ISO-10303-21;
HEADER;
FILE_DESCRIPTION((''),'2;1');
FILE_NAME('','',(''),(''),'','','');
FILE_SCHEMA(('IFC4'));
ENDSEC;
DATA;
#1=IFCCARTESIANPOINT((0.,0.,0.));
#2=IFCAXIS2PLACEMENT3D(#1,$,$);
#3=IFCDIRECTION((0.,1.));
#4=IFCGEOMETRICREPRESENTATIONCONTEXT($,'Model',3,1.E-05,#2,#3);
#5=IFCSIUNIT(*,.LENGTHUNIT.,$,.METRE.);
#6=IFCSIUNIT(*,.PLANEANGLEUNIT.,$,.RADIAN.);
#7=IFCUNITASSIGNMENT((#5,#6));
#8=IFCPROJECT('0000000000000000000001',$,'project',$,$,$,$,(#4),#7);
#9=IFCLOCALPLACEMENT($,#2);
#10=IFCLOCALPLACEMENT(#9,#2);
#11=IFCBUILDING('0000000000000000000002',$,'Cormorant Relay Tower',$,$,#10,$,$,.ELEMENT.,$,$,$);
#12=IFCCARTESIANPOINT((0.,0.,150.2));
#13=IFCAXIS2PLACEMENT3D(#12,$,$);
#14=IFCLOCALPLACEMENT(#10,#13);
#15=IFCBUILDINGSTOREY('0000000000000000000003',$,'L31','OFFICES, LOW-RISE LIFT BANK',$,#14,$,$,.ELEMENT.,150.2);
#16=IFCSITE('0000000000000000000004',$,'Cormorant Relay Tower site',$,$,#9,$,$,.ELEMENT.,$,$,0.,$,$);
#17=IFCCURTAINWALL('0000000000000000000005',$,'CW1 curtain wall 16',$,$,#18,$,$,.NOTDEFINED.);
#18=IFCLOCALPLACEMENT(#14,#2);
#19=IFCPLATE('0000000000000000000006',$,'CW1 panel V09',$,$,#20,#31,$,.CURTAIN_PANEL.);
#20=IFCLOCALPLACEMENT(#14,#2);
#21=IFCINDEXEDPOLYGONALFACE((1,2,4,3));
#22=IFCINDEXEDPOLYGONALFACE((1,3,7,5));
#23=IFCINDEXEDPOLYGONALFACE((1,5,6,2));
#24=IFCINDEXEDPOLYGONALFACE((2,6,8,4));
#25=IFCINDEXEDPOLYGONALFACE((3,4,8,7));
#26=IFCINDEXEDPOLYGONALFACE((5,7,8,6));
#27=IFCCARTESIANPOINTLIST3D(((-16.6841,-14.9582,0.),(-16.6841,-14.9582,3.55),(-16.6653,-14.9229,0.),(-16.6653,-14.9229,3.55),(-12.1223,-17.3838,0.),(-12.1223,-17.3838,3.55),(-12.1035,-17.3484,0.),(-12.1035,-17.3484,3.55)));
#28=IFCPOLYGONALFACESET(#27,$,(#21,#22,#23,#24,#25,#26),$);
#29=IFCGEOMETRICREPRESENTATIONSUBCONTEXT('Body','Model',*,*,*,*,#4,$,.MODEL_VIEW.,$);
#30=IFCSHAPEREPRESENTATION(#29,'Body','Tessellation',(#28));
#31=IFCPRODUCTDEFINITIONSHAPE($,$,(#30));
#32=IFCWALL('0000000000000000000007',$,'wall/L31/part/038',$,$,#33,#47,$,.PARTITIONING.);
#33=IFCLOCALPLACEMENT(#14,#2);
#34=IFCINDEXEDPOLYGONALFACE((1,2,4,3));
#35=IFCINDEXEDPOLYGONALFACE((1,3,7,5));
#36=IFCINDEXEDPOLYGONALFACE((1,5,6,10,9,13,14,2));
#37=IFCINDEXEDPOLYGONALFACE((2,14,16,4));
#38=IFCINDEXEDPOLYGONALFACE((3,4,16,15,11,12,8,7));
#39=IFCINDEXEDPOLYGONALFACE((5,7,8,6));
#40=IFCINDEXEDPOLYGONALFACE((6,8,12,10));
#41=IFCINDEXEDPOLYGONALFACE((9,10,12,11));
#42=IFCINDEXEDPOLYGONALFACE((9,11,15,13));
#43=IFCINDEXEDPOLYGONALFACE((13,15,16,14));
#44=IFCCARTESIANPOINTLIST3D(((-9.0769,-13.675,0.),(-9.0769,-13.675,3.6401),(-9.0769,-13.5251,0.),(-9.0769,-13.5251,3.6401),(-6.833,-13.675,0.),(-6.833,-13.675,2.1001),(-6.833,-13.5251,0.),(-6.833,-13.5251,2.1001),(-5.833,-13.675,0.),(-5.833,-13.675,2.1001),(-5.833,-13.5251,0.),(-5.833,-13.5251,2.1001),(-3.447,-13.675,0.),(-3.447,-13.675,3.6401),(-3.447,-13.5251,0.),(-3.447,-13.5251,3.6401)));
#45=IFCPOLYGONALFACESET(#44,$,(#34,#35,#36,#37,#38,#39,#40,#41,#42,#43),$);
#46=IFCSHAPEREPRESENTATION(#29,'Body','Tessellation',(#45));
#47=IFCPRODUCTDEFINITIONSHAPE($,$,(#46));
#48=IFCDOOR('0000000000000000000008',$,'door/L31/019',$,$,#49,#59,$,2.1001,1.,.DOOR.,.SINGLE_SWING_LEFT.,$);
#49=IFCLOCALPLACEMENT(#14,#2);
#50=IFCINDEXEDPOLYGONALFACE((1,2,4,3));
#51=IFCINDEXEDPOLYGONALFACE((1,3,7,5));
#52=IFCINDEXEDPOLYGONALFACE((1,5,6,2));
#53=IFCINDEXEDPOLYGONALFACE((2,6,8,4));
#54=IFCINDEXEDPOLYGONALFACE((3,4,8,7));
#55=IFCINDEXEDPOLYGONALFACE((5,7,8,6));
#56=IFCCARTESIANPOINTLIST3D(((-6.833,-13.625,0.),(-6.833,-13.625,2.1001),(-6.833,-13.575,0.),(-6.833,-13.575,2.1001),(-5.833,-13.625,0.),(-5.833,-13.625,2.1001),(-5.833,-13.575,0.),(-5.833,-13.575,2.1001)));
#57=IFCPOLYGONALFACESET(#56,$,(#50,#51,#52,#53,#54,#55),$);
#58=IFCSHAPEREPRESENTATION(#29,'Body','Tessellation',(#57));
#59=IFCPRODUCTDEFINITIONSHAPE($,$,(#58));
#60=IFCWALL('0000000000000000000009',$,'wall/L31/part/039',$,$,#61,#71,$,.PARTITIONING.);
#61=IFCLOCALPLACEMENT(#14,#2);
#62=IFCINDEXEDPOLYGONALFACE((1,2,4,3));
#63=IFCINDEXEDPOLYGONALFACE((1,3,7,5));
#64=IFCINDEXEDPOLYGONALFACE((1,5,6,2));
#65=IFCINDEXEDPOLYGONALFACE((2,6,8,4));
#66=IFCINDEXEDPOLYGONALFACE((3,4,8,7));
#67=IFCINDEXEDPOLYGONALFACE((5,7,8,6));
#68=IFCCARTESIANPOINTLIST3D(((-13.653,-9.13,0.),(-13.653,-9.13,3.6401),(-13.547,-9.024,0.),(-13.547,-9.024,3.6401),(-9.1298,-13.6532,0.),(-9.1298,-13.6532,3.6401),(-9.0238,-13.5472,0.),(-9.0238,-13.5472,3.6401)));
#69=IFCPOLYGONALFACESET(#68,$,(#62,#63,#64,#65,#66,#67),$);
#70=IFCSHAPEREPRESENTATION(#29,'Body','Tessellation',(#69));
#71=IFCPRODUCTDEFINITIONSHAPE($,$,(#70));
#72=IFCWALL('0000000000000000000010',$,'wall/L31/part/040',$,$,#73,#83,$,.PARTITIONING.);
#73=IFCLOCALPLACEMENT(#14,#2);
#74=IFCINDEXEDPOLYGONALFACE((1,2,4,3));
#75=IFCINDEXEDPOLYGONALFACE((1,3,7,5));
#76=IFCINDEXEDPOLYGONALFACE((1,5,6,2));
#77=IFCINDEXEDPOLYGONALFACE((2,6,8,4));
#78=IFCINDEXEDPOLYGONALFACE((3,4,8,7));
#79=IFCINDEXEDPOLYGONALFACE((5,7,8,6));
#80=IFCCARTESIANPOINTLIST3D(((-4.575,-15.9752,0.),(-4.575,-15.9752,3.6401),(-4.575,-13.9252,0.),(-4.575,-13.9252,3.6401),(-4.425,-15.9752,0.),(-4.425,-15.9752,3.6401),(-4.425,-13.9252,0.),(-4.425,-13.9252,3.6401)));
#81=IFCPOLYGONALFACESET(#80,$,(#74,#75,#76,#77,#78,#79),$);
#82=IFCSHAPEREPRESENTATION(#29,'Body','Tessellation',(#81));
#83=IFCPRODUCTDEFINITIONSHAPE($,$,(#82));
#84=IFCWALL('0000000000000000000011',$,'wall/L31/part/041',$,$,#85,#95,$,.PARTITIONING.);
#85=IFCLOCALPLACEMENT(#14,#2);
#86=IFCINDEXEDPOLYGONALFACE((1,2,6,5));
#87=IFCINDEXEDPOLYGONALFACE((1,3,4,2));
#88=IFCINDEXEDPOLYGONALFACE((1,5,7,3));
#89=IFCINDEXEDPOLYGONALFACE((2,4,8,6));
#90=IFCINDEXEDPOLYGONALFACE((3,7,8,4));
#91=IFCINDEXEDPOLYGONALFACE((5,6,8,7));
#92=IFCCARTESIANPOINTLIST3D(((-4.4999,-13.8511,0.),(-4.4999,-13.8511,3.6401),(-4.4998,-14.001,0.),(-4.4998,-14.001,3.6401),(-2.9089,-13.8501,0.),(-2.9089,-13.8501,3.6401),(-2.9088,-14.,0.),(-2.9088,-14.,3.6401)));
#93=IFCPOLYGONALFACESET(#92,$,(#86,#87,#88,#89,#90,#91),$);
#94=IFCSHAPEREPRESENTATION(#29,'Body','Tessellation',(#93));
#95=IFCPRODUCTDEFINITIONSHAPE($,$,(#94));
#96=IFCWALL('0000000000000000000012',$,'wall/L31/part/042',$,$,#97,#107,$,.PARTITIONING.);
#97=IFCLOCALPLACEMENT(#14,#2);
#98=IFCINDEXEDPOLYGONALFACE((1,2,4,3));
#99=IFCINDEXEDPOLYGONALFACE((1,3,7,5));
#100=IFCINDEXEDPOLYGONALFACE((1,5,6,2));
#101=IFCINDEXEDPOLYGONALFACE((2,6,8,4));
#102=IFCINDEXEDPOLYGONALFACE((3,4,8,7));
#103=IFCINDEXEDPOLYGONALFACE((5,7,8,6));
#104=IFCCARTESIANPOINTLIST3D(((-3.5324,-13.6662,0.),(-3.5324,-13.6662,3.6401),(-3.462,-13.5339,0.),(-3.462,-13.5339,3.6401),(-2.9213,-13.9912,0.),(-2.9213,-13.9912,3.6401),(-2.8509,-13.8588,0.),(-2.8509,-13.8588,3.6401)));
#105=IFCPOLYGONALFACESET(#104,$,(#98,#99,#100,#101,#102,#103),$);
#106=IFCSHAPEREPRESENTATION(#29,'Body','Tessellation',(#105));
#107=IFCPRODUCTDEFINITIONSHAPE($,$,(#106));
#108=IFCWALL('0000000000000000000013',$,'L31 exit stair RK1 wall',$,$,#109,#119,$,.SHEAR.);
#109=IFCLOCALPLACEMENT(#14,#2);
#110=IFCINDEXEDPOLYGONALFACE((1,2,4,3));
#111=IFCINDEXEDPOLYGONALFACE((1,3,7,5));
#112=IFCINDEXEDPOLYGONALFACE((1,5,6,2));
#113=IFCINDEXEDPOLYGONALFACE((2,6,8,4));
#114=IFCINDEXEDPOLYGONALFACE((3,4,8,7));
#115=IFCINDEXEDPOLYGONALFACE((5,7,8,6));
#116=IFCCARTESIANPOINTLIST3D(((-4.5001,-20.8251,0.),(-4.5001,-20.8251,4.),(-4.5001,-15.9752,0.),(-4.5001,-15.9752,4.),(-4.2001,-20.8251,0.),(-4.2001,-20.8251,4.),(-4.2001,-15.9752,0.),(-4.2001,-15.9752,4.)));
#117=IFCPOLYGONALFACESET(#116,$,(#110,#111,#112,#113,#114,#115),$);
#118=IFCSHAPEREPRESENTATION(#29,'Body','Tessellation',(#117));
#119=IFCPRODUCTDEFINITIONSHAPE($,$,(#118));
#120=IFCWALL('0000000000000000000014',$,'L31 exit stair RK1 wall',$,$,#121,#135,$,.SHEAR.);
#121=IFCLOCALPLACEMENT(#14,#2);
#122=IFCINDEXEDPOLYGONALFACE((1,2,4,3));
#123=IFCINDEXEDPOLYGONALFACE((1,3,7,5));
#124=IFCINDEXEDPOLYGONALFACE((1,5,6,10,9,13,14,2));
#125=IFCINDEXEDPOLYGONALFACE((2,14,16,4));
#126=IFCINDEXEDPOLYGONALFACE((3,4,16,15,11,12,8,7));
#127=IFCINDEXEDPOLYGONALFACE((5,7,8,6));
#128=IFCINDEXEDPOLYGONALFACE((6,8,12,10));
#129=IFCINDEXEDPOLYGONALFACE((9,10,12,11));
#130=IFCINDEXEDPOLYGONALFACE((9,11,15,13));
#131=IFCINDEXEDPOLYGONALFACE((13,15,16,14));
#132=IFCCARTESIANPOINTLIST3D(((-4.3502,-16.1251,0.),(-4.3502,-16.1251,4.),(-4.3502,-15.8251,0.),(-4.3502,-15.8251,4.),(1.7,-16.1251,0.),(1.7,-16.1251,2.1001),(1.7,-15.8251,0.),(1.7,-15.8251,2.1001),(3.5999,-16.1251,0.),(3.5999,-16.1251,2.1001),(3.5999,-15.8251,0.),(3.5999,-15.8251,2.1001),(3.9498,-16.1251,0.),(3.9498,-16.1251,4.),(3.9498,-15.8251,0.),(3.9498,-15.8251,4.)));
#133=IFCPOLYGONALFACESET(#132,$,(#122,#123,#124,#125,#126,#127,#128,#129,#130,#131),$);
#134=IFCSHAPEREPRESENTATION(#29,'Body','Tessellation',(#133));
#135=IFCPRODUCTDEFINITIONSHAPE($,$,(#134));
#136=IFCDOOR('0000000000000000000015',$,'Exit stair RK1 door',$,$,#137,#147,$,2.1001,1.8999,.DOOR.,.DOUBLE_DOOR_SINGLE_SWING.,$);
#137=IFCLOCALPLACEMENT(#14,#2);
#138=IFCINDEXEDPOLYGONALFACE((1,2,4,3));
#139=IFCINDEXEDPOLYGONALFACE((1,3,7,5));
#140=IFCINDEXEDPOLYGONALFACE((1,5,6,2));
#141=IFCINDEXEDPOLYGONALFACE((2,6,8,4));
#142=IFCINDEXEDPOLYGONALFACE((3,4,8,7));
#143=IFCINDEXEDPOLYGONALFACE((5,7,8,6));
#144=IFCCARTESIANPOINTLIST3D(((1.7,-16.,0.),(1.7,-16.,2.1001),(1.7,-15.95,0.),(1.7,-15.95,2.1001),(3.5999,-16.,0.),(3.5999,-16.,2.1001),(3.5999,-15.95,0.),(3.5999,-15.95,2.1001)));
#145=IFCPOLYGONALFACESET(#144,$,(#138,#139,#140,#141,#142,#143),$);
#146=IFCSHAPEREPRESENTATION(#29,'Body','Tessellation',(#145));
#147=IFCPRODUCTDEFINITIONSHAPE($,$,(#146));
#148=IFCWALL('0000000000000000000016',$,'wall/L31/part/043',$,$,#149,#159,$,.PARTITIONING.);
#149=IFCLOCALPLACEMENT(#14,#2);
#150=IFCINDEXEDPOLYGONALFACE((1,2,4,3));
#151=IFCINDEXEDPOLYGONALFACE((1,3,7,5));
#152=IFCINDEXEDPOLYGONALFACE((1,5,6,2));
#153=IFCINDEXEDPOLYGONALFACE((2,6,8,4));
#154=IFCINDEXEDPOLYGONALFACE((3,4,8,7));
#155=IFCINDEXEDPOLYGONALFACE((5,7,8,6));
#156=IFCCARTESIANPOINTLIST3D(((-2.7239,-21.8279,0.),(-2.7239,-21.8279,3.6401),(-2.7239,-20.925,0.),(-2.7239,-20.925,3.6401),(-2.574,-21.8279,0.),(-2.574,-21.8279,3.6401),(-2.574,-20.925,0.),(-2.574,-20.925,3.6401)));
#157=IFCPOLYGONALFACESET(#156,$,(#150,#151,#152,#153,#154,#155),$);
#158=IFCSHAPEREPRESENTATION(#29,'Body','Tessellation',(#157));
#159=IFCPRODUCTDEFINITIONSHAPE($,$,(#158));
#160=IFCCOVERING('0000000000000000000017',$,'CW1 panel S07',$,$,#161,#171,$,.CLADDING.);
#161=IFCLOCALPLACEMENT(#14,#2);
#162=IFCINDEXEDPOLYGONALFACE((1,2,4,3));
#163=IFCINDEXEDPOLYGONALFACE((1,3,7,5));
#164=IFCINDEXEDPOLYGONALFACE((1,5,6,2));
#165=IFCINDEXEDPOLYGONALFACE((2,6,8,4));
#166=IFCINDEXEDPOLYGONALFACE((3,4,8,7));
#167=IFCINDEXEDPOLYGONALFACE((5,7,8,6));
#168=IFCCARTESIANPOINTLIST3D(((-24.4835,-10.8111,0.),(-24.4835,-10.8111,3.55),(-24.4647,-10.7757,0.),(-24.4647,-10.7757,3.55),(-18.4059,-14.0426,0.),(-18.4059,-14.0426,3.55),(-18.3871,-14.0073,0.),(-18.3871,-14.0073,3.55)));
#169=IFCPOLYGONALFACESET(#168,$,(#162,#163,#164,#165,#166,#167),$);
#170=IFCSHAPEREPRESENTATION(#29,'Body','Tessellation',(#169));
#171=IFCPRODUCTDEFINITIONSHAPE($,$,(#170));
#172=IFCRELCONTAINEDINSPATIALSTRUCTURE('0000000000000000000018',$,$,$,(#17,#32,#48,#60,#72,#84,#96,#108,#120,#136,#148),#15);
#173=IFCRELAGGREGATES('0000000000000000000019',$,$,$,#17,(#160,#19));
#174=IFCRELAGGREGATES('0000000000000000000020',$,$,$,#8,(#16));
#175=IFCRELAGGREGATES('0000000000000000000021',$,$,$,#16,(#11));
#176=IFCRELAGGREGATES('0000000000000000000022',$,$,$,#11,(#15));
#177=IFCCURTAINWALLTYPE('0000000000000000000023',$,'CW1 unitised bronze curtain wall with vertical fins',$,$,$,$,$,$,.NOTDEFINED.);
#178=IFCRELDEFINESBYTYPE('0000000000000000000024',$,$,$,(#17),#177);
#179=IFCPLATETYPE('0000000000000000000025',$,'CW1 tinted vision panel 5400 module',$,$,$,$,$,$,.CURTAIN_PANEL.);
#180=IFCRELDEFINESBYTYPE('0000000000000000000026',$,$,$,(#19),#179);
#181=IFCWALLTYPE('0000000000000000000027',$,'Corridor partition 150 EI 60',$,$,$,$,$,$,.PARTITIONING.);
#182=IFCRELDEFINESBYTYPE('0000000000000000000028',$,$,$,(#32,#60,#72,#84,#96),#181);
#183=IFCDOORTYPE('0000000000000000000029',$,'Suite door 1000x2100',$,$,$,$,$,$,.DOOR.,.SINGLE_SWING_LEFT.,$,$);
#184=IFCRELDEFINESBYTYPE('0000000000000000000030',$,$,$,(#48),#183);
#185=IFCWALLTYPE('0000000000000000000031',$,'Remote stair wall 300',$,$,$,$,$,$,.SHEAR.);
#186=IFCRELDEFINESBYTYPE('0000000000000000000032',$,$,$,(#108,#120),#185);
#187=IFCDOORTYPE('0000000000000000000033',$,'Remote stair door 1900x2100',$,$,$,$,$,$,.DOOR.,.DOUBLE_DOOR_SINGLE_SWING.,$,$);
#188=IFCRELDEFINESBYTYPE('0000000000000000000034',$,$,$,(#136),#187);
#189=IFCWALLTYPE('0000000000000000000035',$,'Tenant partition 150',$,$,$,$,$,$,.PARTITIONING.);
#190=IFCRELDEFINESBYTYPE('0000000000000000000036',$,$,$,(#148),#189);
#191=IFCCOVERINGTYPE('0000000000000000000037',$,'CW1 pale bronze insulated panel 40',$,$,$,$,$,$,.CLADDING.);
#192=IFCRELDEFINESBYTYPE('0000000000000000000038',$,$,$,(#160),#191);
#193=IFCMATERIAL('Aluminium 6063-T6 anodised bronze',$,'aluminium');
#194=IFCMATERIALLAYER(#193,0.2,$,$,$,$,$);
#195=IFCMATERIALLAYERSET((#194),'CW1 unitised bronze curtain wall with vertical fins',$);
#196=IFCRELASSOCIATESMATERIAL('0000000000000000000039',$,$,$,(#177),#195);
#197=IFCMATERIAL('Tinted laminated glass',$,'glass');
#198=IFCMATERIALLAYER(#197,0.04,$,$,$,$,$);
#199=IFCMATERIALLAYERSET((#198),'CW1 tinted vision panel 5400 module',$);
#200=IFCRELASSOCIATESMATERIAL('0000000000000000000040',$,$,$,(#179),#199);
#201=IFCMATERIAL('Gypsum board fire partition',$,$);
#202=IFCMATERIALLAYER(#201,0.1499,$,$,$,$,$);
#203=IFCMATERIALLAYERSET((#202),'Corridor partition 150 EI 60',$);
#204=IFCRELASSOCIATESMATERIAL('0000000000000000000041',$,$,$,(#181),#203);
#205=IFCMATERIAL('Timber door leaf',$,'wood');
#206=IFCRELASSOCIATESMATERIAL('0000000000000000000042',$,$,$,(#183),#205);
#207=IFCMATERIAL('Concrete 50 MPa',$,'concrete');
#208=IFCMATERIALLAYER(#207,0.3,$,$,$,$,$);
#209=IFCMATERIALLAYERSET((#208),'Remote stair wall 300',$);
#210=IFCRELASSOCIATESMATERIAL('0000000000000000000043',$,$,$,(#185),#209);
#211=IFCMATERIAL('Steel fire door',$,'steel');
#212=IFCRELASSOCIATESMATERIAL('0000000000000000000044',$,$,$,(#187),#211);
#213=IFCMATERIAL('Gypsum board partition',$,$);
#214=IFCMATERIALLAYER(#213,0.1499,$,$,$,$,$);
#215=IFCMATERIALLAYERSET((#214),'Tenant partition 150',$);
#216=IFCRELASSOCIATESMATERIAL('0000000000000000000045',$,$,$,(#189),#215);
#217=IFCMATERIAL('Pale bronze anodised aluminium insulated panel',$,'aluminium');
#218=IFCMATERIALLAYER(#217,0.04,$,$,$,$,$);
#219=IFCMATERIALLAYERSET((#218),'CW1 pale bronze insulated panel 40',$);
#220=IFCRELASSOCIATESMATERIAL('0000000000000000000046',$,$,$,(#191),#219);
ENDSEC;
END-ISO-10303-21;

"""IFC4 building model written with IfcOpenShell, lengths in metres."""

from ifc_helpers import new_model, si_unit, direction, frame, frame_2d, origin, origin_2d, place, context, subcontext, project, spatial, rectangle, extrude, material, layer, layer_set, type_object, element, fill, aggregate, save


model = new_model("IFC4")

# Units and contexts
model_context = context("Model", 3, precision=1e-05, world=origin(), true_north=direction((0.0, 1.0)))
body_context = subcontext(model_context, "Body", "Model", "MODEL_VIEW")
ifc_project = project(units=[si_unit("LENGTHUNIT", "METRE"), si_unit("PLANEANGLEUNIT", "RADIAN")], contexts=[model_context])

# Site, building, storey
site_placement = place(None, origin())
site = spatial("IfcSite", under=ifc_project, at=site_placement, Name="Cormorant Relay Tower site", CompositionType="ELEMENT", RefElevation=0.0)
building_placement = place(site_placement, origin())
building = spatial("IfcBuilding", under=site, at=building_placement, Name="Cormorant Relay Tower", CompositionType="ELEMENT")
storey_placement = place(building_placement, frame((0.0, 0.0, 150.2)))
storey = spatial("IfcBuildingStorey", under=building, at=storey_placement, Name="L31", Description="OFFICES, LOW-RISE LIFT BANK", CompositionType="ELEMENT", Elevation=150.2)

# Shared definitions
ifc_material_1 = material(Name="Aluminium 6063-T6 anodised bronze", Category="aluminium")
ifc_layer_1 = layer(ifc_material_1, 0.2)
ifc_layer_set_1 = layer_set([ifc_layer_1], Name="CW1 unitised bronze curtain wall with vertical fins")
curtain_wall_type = type_object("IfcCurtainWallType", Name="CW1 unitised bronze curtain wall with vertical fins", PredefinedType="NOTDEFINED", material=ifc_layer_set_1)

# Curtain wall
curtain_wall_1_placement = place(storey_placement, origin())
curtain_wall_1 = element("IfcCurtainWall", 1, at=curtain_wall_1_placement, inside=storey, type_object=curtain_wall_type, Name="CW1 curtain wall 16", PredefinedType="NOTDEFINED")

# Plate
ifc_material_2 = material(Name="Tinted laminated glass", Category="glass")
ifc_layer_2 = layer(ifc_material_2, 0.04)
ifc_layer_set_2 = layer_set([ifc_layer_2], Name="CW1 tinted vision panel 5400 module")
plate_type_1 = type_object("IfcPlateType", Name="CW1 tinted vision panel 5400 module", PredefinedType="CURTAIN_PANEL", material=ifc_layer_set_2)
plate_1_placement = place(storey_placement, frame((-14.3938, -16.1533, 0.0), z_axis=(0.0, 0.0, 1.0), x_axis=(0.882948, -0.469472, 0.0)))
plate_1 = element("IfcPlate", 2, at=plate_1_placement, type_object=plate_type_1, Name="CW1 panel V09", PredefinedType="CURTAIN_PANEL", context=body_context, shape_type="SweptSolid", body=[
    extrude(rectangle(XDim=5.1665, YDim=0.04, at=origin_2d()), origin(), (0.0, 0.0, 1.0), 3.55),
])

# Wall, opening, door
ifc_material_3 = material(Name="Gypsum board fire partition")
ifc_layer_3 = layer(ifc_material_3, 0.1499)
ifc_layer_set_3 = layer_set([ifc_layer_3], Name="Corridor partition 150 EI 60")
wall_type_1 = type_object("IfcWallType", Name="Corridor partition 150 EI 60", PredefinedType="PARTITIONING", material=ifc_layer_set_3)
wall_1_placement = place(storey_placement, frame((-3.447, -13.6001, 0.0), z_axis=(0.0, 0.0, 1.0), x_axis=(-1.0, 0.0, 0.0)))
wall_1 = element("IfcWall", 3, at=wall_1_placement, inside=storey, type_object=wall_type_1, Name="wall/L31/part/038", PredefinedType="PARTITIONING", context=body_context, shape_type="SweptSolid", body=[
    extrude(rectangle(XDim=5.6299, YDim=0.1499, at=frame_2d((2.8149, 0.0))), origin(), (0.0, 0.0, 1.0), 3.6401),
])
opening_1_placement = place(wall_1_placement, frame((2.386, 0.0, 0.0)))
opening_1 = element("IfcOpeningElement", 4, at=opening_1_placement, cuts=wall_1, PredefinedType="OPENING", context=body_context, shape_type="SweptSolid", body=[
    extrude(rectangle(XDim=1.0, YDim=2.1001, at=frame_2d((0.5, 1.05))), frame((0.0, 0.085, 0.0), z_axis=(0.0, -1.0, 0.0), x_axis=(1.0, 0.0, 0.0)), (0.0, 0.0, 1.0), 0.1699),
])
ifc_material_4 = material(Name="Timber door leaf", Category="wood")
door_type_1 = type_object("IfcDoorType", Name="Suite door 1000x2100", OperationType="SINGLE_SWING_LEFT", PredefinedType="DOOR", material=ifc_material_4)
door_1_placement = place(opening_1_placement, origin())
door_1 = element("IfcDoor", 5, at=door_1_placement, inside=storey, type_object=door_type_1, Name="door/L31/019", OperationType="SINGLE_SWING_LEFT", OverallHeight=2.1001, OverallWidth=1.0, PredefinedType="DOOR", context=body_context, shape_type="SweptSolid", body=[
    extrude(rectangle(XDim=1.0, YDim=2.1001, at=frame_2d((0.5, 1.05))), frame((0.0, 0.0249, 0.0), z_axis=(0.0, -1.0, 0.0), x_axis=(1.0, 0.0, 0.0)), (0.0, 0.0, 1.0), 0.05),
])
fill(opening_1, door_1)

# Walls
wall_2_placement = place(storey_placement, frame((-9.0769, -13.6001, 0.0), z_axis=(0.0, 0.0, 1.0), x_axis=(-0.707107, 0.707107, 0.0)))
element("IfcWall", 6, at=wall_2_placement, inside=storey, type_object=wall_type_1, Name="wall/L31/part/039", PredefinedType="PARTITIONING", context=body_context, shape_type="SweptSolid", body=[
    extrude(rectangle(XDim=6.3967, YDim=0.1499, at=frame_2d((3.1982, 0.0))), origin(), (0.0, 0.0, 1.0), 3.6401),
])
wall_3_placement = place(storey_placement, frame((-4.5, -15.9751, 0.0), z_axis=(0.0, 0.0, 1.0), x_axis=(0.0, 1.0, 0.0)))
element("IfcWall", 7, at=wall_3_placement, inside=storey, type_object=wall_type_1, Name="wall/L31/part/040", PredefinedType="PARTITIONING", context=body_context, shape_type="SweptSolid", body=[
    extrude(rectangle(XDim=2.05, YDim=0.1499, at=frame_2d((1.0249, 0.0))), origin(), (0.0, 0.0, 1.0), 3.6401),
])
wall_4_placement = place(storey_placement, frame((-2.9089, -13.925, 0.0), z_axis=(0.0, 0.0, 1.0), x_axis=(-1.0, -0.000614, 0.0)))
element("IfcWall", 8, at=wall_4_placement, inside=storey, type_object=wall_type_1, Name="wall/L31/part/041", PredefinedType="PARTITIONING", context=body_context, shape_type="SweptSolid", body=[
    extrude(rectangle(XDim=1.5911, YDim=0.1499, at=frame_2d((0.7954, 0.0))), origin(), (0.0, 0.0, 1.0), 3.6401),
])
wall_5_placement = place(storey_placement, frame((-2.886, -13.925, 0.0), z_axis=(0.0, 0.0, 1.0), x_axis=(-0.882928, 0.469508, 0.0)))
element("IfcWall", 9, at=wall_5_placement, inside=storey, type_object=wall_type_1, Name="wall/L31/part/042", PredefinedType="PARTITIONING", context=body_context, shape_type="SweptSolid", body=[
    extrude(rectangle(XDim=0.6921, YDim=0.1499, at=frame_2d((0.3462, 0.0))), origin(), (0.0, 0.0, 1.0), 3.6401),
])
ifc_material_5 = material(Name="Concrete 50 MPa", Category="concrete")
ifc_layer_4 = layer(ifc_material_5, 0.3)
ifc_layer_set_4 = layer_set([ifc_layer_4], Name="Remote stair wall 300")
wall_type_2 = type_object("IfcWallType", Name="Remote stair wall 300", PredefinedType="SHEAR", material=ifc_layer_set_4)
wall_6_placement = place(storey_placement, frame((-4.3501, -20.825, 0.0), z_axis=(0.0, 0.0, 1.0), x_axis=(0.0, 1.0, 0.0)))
element("IfcWall", 10, at=wall_6_placement, inside=storey, type_object=wall_type_2, Name="L31 exit stair RK1 wall", PredefinedType="SHEAR", context=body_context, shape_type="SweptSolid", body=[
    extrude(rectangle(XDim=4.8499, YDim=0.3, at=frame_2d((2.4248, 0.0))), origin(), (0.0, 0.0, 1.0), 4.0),
])

# Wall, opening, door
wall_7_placement = place(storey_placement, frame((-4.3501, -15.9751, 0.0), z_axis=(0.0, 0.0, 1.0), x_axis=(1.0, 0.0, 0.0)))
wall_7 = element("IfcWall", 11, at=wall_7_placement, inside=storey, type_object=wall_type_2, Name="L31 exit stair RK1 wall", PredefinedType="SHEAR", context=body_context, shape_type="SweptSolid", body=[
    extrude(rectangle(XDim=8.3, YDim=0.3, at=frame_2d((4.1499, 0.0))), origin(), (0.0, 0.0, 1.0), 4.0),
])
opening_2_placement = place(wall_7_placement, frame((6.05, 0.0, 0.0)))
opening_2 = element("IfcOpeningElement", 12, at=opening_2_placement, cuts=wall_7, PredefinedType="OPENING", context=body_context, shape_type="SweptSolid", body=[
    extrude(rectangle(XDim=1.8999, YDim=2.1001, at=frame_2d((0.95, 1.05))), frame((0.0, 0.1599, 0.0), z_axis=(0.0, -1.0, 0.0), x_axis=(1.0, 0.0, 0.0)), (0.0, 0.0, 1.0), 0.3201),
])
ifc_material_6 = material(Name="Steel fire door", Category="steel")
door_type_2 = type_object("IfcDoorType", Name="Remote stair door 1900x2100", OperationType="DOUBLE_DOOR_SINGLE_SWING", PredefinedType="DOOR", material=ifc_material_6)
door_2_placement = place(opening_2_placement, frame((1.8999, 0.0, 0.0), z_axis=(0.0, 0.0, 1.0), x_axis=(-1.0, 0.0, 0.0)))
door_2 = element("IfcDoor", 13, at=door_2_placement, inside=storey, type_object=door_type_2, Name="Exit stair RK1 door", OperationType="DOUBLE_DOOR_SINGLE_SWING", OverallHeight=2.1001, OverallWidth=1.8999, PredefinedType="DOOR", context=body_context, shape_type="SweptSolid", body=[
    extrude(rectangle(XDim=1.8999, YDim=2.1001, at=frame_2d((0.95, 1.05))), frame((0.0, 0.0249, 0.0), z_axis=(0.0, -1.0, 0.0), x_axis=(1.0, 0.0, 0.0)), (0.0, 0.0, 1.0), 0.05),
])
fill(opening_2, door_2)

# Wall
ifc_material_7 = material(Name="Gypsum board partition")
ifc_layer_5 = layer(ifc_material_7, 0.1499)
ifc_layer_set_5 = layer_set([ifc_layer_5], Name="Tenant partition 150")
wall_type_3 = type_object("IfcWallType", Name="Tenant partition 150", PredefinedType="PARTITIONING", material=ifc_layer_set_5)
wall_8_placement = place(storey_placement, frame((-2.6489, -20.925, 0.0), z_axis=(0.0, 0.0, 1.0), x_axis=(0.0, -1.0, 0.0)))
element("IfcWall", 14, at=wall_8_placement, inside=storey, type_object=wall_type_3, Name="wall/L31/part/043", PredefinedType="PARTITIONING", context=body_context, shape_type="SweptSolid", body=[
    extrude(rectangle(XDim=0.9028, YDim=0.1499, at=frame_2d((0.4514, 0.0))), origin(), (0.0, 0.0, 1.0), 3.6401),
])

# Covering
ifc_material_8 = material(Name="Pale bronze anodised aluminium insulated panel", Category="aluminium")
ifc_layer_6 = layer(ifc_material_8, 0.04)
ifc_layer_set_6 = layer_set([ifc_layer_6], Name="CW1 pale bronze insulated panel 40")
covering_type = type_object("IfcCoveringType", Name="CW1 pale bronze insulated panel 40", PredefinedType="CLADDING", material=ifc_layer_set_6)
covering_1_placement = place(storey_placement, frame((-21.4353, -12.4092, 0.0), z_axis=(0.0, 0.0, 1.0), x_axis=(0.882948, -0.469472, 0.0)))
covering_1 = element("IfcCovering", 15, at=covering_1_placement, type_object=covering_type, Name="CW1 panel S07", PredefinedType="CLADDING", context=body_context, shape_type="SweptSolid", body=[
    extrude(rectangle(XDim=6.8833, YDim=0.04, at=origin_2d()), origin(), (0.0, 0.0, 1.0), 3.55),
])
aggregate(curtain_wall_1, [covering_1, plate_1])

save(model, "model.ifc")
